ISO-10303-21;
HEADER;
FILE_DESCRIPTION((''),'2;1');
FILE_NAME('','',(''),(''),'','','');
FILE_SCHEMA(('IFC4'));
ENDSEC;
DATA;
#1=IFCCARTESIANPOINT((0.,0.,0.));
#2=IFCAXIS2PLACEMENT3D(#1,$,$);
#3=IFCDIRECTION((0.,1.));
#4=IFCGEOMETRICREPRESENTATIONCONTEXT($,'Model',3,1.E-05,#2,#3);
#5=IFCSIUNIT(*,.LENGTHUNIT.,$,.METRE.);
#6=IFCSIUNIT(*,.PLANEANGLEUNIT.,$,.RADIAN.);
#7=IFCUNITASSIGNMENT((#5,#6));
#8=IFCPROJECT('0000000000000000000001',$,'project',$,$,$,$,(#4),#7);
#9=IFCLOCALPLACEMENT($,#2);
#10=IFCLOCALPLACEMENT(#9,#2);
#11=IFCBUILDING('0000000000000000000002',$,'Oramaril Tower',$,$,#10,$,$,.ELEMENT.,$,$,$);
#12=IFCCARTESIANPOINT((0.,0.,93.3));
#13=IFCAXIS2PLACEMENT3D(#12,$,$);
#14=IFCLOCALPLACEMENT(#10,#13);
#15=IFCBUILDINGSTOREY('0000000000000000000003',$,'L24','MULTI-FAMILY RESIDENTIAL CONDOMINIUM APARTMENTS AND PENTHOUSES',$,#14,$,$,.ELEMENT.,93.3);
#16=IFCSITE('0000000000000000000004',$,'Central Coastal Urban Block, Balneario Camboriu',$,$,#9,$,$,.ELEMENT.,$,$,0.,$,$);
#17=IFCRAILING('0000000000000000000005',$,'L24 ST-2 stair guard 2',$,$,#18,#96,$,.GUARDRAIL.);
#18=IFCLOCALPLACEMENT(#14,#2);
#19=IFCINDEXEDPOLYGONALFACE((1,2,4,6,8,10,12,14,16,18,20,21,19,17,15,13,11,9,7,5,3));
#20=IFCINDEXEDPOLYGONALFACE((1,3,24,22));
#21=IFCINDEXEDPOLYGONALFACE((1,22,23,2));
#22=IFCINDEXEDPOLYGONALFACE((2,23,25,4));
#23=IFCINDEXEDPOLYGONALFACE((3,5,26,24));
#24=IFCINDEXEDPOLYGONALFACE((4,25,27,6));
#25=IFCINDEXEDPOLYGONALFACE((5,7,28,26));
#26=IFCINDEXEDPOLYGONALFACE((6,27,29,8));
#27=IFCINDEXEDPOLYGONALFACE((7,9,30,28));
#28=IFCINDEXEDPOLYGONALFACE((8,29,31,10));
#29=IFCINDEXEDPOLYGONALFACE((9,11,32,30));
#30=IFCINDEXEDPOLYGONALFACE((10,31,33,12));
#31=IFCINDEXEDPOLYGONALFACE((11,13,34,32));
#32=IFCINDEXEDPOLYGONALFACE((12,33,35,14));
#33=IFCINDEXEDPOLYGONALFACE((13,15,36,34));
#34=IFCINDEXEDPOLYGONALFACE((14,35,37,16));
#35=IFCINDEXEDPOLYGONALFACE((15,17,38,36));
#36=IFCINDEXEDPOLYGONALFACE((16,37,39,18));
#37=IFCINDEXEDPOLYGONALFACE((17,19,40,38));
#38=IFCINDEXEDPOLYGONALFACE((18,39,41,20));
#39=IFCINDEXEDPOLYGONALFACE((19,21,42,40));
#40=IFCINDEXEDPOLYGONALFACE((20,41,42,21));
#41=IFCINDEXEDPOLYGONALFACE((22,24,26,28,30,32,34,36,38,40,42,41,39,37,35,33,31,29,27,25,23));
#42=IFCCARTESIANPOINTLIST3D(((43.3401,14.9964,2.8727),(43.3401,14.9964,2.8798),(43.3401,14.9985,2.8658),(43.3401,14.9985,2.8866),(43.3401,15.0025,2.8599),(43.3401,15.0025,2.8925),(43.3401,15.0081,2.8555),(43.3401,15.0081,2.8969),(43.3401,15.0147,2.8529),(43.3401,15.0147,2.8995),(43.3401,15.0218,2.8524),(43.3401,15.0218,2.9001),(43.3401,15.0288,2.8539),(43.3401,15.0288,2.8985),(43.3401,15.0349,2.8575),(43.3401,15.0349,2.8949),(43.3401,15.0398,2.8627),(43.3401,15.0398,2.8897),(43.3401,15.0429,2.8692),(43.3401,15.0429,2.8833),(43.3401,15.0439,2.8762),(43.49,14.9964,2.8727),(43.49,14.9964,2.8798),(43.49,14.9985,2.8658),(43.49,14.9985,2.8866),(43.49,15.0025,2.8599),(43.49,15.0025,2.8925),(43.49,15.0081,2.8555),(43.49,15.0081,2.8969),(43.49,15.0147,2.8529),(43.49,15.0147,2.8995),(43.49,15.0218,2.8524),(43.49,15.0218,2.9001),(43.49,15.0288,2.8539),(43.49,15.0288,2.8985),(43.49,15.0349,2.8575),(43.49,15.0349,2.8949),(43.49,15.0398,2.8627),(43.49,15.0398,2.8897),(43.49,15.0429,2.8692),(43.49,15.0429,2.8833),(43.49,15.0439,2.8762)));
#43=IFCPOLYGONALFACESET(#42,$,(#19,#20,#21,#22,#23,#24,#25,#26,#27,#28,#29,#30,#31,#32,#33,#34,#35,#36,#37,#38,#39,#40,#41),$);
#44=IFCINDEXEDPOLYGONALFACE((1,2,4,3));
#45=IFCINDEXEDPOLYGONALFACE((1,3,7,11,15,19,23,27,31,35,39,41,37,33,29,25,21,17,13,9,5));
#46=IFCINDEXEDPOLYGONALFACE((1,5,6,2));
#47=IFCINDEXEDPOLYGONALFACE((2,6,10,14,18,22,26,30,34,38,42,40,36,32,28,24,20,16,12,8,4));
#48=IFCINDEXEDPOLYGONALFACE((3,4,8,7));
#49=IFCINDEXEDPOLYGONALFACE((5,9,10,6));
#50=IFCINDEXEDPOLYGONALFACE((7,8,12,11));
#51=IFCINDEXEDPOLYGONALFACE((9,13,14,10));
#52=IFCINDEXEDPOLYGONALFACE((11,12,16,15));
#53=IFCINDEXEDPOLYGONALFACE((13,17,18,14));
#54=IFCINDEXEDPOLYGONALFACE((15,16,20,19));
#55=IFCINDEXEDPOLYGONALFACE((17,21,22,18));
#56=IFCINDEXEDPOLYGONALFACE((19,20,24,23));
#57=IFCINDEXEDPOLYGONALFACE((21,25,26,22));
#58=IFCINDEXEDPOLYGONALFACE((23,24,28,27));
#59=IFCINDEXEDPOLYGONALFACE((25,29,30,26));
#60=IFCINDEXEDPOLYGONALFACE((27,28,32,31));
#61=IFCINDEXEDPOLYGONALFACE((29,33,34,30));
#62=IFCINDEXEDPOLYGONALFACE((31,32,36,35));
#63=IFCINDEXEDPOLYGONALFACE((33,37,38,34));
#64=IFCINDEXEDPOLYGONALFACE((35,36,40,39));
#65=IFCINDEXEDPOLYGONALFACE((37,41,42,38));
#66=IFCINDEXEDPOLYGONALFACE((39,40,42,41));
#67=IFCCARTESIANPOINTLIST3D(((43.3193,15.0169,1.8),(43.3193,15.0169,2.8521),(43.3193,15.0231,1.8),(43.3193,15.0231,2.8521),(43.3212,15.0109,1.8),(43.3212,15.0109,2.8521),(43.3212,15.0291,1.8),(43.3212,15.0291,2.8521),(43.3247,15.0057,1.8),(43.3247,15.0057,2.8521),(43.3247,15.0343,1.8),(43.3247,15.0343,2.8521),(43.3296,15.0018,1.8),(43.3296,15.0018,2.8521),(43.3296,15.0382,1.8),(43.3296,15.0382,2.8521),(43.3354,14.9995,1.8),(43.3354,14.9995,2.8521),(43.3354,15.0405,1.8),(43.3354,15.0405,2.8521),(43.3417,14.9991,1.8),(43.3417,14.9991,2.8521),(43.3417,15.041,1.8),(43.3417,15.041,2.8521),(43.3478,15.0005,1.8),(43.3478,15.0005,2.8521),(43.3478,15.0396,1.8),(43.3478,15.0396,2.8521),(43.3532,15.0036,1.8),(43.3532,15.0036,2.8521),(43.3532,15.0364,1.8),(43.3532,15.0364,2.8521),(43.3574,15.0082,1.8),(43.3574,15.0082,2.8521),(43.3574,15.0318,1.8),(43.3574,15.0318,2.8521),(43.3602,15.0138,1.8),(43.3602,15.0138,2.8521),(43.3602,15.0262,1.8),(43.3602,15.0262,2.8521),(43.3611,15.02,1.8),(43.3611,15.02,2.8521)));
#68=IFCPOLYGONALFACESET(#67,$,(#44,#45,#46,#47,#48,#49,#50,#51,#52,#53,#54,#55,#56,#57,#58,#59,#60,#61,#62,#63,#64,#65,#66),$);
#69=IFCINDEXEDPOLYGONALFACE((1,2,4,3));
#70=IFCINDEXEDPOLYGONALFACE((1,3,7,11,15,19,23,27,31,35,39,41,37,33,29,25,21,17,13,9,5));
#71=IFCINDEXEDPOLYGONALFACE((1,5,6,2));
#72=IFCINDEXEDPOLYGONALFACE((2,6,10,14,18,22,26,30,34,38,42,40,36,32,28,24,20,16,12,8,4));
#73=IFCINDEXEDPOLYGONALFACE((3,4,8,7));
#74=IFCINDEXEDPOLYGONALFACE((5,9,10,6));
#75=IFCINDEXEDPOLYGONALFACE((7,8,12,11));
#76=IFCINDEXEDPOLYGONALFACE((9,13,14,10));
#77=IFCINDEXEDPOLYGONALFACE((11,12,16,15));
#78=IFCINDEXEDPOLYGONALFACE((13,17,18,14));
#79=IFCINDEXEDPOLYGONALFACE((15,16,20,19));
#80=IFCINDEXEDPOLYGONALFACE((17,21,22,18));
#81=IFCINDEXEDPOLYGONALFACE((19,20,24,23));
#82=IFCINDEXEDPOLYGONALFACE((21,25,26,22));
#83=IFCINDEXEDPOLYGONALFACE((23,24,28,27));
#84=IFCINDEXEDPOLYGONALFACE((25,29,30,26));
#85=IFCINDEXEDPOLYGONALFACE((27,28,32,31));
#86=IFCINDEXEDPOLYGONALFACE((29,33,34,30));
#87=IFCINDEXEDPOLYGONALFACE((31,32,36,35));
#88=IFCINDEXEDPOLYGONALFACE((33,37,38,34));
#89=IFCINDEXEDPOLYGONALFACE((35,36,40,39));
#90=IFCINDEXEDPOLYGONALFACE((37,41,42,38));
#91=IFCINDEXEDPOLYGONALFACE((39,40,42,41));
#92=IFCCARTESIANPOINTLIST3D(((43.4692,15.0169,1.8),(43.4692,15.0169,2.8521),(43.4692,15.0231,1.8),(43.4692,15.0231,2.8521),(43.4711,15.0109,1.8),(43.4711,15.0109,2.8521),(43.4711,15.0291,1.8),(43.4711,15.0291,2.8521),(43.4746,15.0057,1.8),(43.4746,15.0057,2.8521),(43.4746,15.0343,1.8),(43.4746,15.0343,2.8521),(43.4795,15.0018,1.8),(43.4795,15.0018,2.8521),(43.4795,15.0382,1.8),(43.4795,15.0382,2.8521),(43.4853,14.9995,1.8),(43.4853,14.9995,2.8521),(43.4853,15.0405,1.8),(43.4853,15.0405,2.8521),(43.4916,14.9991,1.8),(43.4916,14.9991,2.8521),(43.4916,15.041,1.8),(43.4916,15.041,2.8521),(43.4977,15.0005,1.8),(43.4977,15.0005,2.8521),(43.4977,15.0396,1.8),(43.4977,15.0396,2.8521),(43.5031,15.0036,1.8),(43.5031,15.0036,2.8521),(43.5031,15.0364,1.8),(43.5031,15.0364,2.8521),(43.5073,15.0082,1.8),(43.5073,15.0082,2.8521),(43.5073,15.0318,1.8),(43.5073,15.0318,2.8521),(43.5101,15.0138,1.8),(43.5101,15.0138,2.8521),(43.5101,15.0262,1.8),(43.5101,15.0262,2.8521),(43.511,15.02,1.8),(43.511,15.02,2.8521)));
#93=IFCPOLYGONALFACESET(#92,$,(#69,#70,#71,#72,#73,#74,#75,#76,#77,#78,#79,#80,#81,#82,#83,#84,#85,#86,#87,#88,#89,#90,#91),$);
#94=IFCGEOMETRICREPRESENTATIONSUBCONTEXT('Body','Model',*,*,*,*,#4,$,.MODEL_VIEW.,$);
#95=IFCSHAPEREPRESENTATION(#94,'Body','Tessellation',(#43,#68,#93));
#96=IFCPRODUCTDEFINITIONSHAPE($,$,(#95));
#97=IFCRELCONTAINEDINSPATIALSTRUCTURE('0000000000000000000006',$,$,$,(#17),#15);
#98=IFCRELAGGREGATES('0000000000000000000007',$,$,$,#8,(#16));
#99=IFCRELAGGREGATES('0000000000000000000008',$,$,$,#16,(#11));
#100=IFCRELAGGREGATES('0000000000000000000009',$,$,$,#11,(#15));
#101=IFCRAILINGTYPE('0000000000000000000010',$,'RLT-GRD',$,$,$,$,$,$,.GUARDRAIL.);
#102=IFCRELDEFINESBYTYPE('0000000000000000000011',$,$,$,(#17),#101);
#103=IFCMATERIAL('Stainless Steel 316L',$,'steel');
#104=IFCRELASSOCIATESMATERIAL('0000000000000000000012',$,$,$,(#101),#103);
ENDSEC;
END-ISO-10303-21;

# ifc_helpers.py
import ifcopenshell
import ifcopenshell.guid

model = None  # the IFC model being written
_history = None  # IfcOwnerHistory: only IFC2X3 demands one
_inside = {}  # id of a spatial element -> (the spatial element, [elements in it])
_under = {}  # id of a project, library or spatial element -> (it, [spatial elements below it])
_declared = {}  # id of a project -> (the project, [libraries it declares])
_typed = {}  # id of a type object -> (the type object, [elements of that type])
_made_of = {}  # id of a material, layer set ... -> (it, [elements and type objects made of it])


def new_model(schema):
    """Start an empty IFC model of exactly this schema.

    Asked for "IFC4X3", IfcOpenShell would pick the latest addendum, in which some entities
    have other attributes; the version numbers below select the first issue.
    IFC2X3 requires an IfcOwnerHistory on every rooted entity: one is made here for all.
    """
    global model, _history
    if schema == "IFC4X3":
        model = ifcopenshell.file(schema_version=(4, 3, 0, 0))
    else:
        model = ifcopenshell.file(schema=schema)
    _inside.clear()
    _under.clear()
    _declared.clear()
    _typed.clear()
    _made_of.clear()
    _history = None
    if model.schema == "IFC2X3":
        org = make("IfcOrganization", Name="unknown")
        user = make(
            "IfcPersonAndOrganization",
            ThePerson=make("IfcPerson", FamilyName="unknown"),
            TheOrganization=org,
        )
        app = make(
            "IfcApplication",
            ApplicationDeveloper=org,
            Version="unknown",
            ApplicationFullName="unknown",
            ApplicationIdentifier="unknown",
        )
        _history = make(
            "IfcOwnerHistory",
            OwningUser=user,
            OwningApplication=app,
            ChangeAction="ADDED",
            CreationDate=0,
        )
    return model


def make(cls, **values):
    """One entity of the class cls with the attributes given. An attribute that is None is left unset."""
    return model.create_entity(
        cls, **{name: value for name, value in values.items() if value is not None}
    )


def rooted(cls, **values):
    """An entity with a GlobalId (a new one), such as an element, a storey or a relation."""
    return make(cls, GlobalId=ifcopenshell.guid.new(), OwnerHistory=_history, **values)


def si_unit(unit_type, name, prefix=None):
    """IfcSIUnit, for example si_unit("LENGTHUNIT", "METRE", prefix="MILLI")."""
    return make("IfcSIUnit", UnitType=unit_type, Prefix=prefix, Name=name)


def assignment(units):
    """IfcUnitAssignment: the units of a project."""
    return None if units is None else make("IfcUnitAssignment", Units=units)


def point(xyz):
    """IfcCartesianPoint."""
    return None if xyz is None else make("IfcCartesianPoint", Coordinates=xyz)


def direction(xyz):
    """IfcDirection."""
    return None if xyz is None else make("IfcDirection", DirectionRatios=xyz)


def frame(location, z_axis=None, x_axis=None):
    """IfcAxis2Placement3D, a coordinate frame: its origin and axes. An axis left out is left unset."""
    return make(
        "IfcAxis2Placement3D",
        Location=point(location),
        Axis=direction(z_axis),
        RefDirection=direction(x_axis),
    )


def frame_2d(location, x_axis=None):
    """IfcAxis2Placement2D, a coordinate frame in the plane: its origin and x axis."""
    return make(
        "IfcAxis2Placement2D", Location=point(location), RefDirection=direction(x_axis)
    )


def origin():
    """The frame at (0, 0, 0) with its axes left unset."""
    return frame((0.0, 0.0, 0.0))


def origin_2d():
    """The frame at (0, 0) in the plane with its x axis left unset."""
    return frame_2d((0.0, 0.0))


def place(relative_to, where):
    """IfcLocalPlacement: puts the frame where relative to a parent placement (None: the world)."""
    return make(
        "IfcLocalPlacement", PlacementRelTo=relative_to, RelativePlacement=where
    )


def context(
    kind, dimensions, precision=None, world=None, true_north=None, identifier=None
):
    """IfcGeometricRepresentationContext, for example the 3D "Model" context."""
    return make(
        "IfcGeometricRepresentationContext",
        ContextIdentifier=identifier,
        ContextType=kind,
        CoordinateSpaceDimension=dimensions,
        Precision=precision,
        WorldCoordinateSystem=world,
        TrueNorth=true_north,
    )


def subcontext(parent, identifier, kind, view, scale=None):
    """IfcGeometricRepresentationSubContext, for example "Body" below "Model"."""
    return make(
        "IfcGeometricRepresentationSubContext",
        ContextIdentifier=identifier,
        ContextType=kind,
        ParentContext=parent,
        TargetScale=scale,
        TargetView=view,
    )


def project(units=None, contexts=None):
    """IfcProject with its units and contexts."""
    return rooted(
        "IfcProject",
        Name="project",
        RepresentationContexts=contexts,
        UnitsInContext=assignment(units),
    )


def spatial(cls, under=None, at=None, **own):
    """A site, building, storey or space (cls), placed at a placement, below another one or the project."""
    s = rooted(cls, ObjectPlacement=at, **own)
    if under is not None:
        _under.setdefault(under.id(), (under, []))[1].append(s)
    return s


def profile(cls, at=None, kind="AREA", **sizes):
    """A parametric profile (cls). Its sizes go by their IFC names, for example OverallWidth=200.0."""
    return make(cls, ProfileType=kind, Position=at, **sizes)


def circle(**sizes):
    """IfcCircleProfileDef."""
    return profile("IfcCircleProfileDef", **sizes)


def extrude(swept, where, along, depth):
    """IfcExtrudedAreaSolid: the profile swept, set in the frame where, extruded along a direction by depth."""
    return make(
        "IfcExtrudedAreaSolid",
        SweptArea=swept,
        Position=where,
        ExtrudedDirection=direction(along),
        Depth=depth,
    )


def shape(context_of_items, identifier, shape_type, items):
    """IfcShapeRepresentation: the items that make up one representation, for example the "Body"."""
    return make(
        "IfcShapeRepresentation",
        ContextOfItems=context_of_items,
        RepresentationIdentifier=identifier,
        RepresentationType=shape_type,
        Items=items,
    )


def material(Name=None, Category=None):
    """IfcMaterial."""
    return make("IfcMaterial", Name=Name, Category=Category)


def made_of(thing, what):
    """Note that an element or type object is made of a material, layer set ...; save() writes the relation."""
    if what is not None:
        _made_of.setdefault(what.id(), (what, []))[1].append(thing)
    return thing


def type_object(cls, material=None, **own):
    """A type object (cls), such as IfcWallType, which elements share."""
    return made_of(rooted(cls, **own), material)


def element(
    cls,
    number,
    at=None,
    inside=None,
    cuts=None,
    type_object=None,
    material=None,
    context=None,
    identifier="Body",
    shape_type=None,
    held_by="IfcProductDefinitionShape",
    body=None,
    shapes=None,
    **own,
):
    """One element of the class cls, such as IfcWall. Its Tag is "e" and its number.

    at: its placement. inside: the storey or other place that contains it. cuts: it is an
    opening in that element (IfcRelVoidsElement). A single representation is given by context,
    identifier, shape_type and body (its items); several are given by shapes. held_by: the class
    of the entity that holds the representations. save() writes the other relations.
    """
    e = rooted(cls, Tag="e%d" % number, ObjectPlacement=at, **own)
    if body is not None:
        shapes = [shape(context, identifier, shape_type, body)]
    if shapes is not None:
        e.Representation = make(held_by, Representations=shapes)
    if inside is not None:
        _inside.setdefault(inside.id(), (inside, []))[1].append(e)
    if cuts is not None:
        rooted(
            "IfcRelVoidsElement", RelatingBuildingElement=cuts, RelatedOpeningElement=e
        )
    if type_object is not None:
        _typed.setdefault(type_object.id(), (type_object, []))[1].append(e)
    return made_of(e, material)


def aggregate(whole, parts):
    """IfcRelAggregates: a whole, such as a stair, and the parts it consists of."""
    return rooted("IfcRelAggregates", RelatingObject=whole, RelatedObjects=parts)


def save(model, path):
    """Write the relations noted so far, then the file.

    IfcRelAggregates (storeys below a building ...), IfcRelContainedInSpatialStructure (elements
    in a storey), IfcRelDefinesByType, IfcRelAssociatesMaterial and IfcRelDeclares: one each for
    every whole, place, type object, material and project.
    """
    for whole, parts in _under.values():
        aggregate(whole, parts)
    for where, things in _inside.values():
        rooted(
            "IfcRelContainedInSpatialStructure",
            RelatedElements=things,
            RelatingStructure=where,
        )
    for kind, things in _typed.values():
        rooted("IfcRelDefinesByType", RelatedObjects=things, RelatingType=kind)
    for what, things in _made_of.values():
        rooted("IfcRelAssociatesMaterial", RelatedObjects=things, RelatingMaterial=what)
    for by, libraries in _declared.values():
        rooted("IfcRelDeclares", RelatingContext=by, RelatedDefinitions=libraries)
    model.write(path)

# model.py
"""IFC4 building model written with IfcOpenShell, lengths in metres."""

from ifc_helpers import new_model, si_unit, direction, frame, origin, origin_2d, place, context, subcontext, project, spatial, circle, extrude, material, type_object, element, save


model = new_model("IFC4")

# Units and contexts
model_context = context("Model", 3, precision=1e-05, world=origin(), true_north=direction((0.0, 1.0)))
body_context = subcontext(model_context, "Body", "Model", "MODEL_VIEW")
ifc_project = project(units=[si_unit("LENGTHUNIT", "METRE"), si_unit("PLANEANGLEUNIT", "RADIAN")], contexts=[model_context])

# Site, building, storey
site_placement = place(None, origin())
site = spatial("IfcSite", under=ifc_project, at=site_placement, Name="Central Coastal Urban Block, Balneario Camboriu", CompositionType="ELEMENT", RefElevation=0.0)
building_placement = place(site_placement, origin())
building = spatial("IfcBuilding", under=site, at=building_placement, Name="Oramaril Tower", CompositionType="ELEMENT")
storey_placement = place(building_placement, frame((0.0, 0.0, 93.3)))
storey = spatial("IfcBuildingStorey", under=building, at=storey_placement, Name="L24", Description="MULTI-FAMILY RESIDENTIAL CONDOMINIUM APARTMENTS AND PENTHOUSES", CompositionType="ELEMENT", Elevation=93.3)

# Railing
ifc_material_1 = material(Name="Stainless Steel 316L", Category="steel")
railing_type_1 = type_object("IfcRailingType", Name="RLT-GRD", PredefinedType="GUARDRAIL", material=ifc_material_1)
railing_1_placement = place(storey_placement, frame((43.3401, 15.02, 1.8)))
element("IfcRailing", 1, at=railing_1_placement, inside=storey, type_object=railing_type_1, Name="L24 ST-2 stair guard 2", PredefinedType="GUARDRAIL", context=body_context, shape_type="SweptSolid", body=[
    extrude(circle(Radius=0.0239, at=origin_2d()), frame((0.0, 0.0, 1.0762), z_axis=(1.0, 0.0, 0.0), x_axis=(0.0, 1.0, 0.0)), (0.0, 0.0, 1.0), 0.1499),
    extrude(circle(Radius=0.021, at=origin_2d()), origin(), (0.0, 0.0, 1.0), 1.052),
    extrude(circle(Radius=0.021, at=origin_2d()), frame((0.1499, 0.0, 0.0)), (0.0, 0.0, 1.0), 1.052),
])

save(model, "model.ifc")
